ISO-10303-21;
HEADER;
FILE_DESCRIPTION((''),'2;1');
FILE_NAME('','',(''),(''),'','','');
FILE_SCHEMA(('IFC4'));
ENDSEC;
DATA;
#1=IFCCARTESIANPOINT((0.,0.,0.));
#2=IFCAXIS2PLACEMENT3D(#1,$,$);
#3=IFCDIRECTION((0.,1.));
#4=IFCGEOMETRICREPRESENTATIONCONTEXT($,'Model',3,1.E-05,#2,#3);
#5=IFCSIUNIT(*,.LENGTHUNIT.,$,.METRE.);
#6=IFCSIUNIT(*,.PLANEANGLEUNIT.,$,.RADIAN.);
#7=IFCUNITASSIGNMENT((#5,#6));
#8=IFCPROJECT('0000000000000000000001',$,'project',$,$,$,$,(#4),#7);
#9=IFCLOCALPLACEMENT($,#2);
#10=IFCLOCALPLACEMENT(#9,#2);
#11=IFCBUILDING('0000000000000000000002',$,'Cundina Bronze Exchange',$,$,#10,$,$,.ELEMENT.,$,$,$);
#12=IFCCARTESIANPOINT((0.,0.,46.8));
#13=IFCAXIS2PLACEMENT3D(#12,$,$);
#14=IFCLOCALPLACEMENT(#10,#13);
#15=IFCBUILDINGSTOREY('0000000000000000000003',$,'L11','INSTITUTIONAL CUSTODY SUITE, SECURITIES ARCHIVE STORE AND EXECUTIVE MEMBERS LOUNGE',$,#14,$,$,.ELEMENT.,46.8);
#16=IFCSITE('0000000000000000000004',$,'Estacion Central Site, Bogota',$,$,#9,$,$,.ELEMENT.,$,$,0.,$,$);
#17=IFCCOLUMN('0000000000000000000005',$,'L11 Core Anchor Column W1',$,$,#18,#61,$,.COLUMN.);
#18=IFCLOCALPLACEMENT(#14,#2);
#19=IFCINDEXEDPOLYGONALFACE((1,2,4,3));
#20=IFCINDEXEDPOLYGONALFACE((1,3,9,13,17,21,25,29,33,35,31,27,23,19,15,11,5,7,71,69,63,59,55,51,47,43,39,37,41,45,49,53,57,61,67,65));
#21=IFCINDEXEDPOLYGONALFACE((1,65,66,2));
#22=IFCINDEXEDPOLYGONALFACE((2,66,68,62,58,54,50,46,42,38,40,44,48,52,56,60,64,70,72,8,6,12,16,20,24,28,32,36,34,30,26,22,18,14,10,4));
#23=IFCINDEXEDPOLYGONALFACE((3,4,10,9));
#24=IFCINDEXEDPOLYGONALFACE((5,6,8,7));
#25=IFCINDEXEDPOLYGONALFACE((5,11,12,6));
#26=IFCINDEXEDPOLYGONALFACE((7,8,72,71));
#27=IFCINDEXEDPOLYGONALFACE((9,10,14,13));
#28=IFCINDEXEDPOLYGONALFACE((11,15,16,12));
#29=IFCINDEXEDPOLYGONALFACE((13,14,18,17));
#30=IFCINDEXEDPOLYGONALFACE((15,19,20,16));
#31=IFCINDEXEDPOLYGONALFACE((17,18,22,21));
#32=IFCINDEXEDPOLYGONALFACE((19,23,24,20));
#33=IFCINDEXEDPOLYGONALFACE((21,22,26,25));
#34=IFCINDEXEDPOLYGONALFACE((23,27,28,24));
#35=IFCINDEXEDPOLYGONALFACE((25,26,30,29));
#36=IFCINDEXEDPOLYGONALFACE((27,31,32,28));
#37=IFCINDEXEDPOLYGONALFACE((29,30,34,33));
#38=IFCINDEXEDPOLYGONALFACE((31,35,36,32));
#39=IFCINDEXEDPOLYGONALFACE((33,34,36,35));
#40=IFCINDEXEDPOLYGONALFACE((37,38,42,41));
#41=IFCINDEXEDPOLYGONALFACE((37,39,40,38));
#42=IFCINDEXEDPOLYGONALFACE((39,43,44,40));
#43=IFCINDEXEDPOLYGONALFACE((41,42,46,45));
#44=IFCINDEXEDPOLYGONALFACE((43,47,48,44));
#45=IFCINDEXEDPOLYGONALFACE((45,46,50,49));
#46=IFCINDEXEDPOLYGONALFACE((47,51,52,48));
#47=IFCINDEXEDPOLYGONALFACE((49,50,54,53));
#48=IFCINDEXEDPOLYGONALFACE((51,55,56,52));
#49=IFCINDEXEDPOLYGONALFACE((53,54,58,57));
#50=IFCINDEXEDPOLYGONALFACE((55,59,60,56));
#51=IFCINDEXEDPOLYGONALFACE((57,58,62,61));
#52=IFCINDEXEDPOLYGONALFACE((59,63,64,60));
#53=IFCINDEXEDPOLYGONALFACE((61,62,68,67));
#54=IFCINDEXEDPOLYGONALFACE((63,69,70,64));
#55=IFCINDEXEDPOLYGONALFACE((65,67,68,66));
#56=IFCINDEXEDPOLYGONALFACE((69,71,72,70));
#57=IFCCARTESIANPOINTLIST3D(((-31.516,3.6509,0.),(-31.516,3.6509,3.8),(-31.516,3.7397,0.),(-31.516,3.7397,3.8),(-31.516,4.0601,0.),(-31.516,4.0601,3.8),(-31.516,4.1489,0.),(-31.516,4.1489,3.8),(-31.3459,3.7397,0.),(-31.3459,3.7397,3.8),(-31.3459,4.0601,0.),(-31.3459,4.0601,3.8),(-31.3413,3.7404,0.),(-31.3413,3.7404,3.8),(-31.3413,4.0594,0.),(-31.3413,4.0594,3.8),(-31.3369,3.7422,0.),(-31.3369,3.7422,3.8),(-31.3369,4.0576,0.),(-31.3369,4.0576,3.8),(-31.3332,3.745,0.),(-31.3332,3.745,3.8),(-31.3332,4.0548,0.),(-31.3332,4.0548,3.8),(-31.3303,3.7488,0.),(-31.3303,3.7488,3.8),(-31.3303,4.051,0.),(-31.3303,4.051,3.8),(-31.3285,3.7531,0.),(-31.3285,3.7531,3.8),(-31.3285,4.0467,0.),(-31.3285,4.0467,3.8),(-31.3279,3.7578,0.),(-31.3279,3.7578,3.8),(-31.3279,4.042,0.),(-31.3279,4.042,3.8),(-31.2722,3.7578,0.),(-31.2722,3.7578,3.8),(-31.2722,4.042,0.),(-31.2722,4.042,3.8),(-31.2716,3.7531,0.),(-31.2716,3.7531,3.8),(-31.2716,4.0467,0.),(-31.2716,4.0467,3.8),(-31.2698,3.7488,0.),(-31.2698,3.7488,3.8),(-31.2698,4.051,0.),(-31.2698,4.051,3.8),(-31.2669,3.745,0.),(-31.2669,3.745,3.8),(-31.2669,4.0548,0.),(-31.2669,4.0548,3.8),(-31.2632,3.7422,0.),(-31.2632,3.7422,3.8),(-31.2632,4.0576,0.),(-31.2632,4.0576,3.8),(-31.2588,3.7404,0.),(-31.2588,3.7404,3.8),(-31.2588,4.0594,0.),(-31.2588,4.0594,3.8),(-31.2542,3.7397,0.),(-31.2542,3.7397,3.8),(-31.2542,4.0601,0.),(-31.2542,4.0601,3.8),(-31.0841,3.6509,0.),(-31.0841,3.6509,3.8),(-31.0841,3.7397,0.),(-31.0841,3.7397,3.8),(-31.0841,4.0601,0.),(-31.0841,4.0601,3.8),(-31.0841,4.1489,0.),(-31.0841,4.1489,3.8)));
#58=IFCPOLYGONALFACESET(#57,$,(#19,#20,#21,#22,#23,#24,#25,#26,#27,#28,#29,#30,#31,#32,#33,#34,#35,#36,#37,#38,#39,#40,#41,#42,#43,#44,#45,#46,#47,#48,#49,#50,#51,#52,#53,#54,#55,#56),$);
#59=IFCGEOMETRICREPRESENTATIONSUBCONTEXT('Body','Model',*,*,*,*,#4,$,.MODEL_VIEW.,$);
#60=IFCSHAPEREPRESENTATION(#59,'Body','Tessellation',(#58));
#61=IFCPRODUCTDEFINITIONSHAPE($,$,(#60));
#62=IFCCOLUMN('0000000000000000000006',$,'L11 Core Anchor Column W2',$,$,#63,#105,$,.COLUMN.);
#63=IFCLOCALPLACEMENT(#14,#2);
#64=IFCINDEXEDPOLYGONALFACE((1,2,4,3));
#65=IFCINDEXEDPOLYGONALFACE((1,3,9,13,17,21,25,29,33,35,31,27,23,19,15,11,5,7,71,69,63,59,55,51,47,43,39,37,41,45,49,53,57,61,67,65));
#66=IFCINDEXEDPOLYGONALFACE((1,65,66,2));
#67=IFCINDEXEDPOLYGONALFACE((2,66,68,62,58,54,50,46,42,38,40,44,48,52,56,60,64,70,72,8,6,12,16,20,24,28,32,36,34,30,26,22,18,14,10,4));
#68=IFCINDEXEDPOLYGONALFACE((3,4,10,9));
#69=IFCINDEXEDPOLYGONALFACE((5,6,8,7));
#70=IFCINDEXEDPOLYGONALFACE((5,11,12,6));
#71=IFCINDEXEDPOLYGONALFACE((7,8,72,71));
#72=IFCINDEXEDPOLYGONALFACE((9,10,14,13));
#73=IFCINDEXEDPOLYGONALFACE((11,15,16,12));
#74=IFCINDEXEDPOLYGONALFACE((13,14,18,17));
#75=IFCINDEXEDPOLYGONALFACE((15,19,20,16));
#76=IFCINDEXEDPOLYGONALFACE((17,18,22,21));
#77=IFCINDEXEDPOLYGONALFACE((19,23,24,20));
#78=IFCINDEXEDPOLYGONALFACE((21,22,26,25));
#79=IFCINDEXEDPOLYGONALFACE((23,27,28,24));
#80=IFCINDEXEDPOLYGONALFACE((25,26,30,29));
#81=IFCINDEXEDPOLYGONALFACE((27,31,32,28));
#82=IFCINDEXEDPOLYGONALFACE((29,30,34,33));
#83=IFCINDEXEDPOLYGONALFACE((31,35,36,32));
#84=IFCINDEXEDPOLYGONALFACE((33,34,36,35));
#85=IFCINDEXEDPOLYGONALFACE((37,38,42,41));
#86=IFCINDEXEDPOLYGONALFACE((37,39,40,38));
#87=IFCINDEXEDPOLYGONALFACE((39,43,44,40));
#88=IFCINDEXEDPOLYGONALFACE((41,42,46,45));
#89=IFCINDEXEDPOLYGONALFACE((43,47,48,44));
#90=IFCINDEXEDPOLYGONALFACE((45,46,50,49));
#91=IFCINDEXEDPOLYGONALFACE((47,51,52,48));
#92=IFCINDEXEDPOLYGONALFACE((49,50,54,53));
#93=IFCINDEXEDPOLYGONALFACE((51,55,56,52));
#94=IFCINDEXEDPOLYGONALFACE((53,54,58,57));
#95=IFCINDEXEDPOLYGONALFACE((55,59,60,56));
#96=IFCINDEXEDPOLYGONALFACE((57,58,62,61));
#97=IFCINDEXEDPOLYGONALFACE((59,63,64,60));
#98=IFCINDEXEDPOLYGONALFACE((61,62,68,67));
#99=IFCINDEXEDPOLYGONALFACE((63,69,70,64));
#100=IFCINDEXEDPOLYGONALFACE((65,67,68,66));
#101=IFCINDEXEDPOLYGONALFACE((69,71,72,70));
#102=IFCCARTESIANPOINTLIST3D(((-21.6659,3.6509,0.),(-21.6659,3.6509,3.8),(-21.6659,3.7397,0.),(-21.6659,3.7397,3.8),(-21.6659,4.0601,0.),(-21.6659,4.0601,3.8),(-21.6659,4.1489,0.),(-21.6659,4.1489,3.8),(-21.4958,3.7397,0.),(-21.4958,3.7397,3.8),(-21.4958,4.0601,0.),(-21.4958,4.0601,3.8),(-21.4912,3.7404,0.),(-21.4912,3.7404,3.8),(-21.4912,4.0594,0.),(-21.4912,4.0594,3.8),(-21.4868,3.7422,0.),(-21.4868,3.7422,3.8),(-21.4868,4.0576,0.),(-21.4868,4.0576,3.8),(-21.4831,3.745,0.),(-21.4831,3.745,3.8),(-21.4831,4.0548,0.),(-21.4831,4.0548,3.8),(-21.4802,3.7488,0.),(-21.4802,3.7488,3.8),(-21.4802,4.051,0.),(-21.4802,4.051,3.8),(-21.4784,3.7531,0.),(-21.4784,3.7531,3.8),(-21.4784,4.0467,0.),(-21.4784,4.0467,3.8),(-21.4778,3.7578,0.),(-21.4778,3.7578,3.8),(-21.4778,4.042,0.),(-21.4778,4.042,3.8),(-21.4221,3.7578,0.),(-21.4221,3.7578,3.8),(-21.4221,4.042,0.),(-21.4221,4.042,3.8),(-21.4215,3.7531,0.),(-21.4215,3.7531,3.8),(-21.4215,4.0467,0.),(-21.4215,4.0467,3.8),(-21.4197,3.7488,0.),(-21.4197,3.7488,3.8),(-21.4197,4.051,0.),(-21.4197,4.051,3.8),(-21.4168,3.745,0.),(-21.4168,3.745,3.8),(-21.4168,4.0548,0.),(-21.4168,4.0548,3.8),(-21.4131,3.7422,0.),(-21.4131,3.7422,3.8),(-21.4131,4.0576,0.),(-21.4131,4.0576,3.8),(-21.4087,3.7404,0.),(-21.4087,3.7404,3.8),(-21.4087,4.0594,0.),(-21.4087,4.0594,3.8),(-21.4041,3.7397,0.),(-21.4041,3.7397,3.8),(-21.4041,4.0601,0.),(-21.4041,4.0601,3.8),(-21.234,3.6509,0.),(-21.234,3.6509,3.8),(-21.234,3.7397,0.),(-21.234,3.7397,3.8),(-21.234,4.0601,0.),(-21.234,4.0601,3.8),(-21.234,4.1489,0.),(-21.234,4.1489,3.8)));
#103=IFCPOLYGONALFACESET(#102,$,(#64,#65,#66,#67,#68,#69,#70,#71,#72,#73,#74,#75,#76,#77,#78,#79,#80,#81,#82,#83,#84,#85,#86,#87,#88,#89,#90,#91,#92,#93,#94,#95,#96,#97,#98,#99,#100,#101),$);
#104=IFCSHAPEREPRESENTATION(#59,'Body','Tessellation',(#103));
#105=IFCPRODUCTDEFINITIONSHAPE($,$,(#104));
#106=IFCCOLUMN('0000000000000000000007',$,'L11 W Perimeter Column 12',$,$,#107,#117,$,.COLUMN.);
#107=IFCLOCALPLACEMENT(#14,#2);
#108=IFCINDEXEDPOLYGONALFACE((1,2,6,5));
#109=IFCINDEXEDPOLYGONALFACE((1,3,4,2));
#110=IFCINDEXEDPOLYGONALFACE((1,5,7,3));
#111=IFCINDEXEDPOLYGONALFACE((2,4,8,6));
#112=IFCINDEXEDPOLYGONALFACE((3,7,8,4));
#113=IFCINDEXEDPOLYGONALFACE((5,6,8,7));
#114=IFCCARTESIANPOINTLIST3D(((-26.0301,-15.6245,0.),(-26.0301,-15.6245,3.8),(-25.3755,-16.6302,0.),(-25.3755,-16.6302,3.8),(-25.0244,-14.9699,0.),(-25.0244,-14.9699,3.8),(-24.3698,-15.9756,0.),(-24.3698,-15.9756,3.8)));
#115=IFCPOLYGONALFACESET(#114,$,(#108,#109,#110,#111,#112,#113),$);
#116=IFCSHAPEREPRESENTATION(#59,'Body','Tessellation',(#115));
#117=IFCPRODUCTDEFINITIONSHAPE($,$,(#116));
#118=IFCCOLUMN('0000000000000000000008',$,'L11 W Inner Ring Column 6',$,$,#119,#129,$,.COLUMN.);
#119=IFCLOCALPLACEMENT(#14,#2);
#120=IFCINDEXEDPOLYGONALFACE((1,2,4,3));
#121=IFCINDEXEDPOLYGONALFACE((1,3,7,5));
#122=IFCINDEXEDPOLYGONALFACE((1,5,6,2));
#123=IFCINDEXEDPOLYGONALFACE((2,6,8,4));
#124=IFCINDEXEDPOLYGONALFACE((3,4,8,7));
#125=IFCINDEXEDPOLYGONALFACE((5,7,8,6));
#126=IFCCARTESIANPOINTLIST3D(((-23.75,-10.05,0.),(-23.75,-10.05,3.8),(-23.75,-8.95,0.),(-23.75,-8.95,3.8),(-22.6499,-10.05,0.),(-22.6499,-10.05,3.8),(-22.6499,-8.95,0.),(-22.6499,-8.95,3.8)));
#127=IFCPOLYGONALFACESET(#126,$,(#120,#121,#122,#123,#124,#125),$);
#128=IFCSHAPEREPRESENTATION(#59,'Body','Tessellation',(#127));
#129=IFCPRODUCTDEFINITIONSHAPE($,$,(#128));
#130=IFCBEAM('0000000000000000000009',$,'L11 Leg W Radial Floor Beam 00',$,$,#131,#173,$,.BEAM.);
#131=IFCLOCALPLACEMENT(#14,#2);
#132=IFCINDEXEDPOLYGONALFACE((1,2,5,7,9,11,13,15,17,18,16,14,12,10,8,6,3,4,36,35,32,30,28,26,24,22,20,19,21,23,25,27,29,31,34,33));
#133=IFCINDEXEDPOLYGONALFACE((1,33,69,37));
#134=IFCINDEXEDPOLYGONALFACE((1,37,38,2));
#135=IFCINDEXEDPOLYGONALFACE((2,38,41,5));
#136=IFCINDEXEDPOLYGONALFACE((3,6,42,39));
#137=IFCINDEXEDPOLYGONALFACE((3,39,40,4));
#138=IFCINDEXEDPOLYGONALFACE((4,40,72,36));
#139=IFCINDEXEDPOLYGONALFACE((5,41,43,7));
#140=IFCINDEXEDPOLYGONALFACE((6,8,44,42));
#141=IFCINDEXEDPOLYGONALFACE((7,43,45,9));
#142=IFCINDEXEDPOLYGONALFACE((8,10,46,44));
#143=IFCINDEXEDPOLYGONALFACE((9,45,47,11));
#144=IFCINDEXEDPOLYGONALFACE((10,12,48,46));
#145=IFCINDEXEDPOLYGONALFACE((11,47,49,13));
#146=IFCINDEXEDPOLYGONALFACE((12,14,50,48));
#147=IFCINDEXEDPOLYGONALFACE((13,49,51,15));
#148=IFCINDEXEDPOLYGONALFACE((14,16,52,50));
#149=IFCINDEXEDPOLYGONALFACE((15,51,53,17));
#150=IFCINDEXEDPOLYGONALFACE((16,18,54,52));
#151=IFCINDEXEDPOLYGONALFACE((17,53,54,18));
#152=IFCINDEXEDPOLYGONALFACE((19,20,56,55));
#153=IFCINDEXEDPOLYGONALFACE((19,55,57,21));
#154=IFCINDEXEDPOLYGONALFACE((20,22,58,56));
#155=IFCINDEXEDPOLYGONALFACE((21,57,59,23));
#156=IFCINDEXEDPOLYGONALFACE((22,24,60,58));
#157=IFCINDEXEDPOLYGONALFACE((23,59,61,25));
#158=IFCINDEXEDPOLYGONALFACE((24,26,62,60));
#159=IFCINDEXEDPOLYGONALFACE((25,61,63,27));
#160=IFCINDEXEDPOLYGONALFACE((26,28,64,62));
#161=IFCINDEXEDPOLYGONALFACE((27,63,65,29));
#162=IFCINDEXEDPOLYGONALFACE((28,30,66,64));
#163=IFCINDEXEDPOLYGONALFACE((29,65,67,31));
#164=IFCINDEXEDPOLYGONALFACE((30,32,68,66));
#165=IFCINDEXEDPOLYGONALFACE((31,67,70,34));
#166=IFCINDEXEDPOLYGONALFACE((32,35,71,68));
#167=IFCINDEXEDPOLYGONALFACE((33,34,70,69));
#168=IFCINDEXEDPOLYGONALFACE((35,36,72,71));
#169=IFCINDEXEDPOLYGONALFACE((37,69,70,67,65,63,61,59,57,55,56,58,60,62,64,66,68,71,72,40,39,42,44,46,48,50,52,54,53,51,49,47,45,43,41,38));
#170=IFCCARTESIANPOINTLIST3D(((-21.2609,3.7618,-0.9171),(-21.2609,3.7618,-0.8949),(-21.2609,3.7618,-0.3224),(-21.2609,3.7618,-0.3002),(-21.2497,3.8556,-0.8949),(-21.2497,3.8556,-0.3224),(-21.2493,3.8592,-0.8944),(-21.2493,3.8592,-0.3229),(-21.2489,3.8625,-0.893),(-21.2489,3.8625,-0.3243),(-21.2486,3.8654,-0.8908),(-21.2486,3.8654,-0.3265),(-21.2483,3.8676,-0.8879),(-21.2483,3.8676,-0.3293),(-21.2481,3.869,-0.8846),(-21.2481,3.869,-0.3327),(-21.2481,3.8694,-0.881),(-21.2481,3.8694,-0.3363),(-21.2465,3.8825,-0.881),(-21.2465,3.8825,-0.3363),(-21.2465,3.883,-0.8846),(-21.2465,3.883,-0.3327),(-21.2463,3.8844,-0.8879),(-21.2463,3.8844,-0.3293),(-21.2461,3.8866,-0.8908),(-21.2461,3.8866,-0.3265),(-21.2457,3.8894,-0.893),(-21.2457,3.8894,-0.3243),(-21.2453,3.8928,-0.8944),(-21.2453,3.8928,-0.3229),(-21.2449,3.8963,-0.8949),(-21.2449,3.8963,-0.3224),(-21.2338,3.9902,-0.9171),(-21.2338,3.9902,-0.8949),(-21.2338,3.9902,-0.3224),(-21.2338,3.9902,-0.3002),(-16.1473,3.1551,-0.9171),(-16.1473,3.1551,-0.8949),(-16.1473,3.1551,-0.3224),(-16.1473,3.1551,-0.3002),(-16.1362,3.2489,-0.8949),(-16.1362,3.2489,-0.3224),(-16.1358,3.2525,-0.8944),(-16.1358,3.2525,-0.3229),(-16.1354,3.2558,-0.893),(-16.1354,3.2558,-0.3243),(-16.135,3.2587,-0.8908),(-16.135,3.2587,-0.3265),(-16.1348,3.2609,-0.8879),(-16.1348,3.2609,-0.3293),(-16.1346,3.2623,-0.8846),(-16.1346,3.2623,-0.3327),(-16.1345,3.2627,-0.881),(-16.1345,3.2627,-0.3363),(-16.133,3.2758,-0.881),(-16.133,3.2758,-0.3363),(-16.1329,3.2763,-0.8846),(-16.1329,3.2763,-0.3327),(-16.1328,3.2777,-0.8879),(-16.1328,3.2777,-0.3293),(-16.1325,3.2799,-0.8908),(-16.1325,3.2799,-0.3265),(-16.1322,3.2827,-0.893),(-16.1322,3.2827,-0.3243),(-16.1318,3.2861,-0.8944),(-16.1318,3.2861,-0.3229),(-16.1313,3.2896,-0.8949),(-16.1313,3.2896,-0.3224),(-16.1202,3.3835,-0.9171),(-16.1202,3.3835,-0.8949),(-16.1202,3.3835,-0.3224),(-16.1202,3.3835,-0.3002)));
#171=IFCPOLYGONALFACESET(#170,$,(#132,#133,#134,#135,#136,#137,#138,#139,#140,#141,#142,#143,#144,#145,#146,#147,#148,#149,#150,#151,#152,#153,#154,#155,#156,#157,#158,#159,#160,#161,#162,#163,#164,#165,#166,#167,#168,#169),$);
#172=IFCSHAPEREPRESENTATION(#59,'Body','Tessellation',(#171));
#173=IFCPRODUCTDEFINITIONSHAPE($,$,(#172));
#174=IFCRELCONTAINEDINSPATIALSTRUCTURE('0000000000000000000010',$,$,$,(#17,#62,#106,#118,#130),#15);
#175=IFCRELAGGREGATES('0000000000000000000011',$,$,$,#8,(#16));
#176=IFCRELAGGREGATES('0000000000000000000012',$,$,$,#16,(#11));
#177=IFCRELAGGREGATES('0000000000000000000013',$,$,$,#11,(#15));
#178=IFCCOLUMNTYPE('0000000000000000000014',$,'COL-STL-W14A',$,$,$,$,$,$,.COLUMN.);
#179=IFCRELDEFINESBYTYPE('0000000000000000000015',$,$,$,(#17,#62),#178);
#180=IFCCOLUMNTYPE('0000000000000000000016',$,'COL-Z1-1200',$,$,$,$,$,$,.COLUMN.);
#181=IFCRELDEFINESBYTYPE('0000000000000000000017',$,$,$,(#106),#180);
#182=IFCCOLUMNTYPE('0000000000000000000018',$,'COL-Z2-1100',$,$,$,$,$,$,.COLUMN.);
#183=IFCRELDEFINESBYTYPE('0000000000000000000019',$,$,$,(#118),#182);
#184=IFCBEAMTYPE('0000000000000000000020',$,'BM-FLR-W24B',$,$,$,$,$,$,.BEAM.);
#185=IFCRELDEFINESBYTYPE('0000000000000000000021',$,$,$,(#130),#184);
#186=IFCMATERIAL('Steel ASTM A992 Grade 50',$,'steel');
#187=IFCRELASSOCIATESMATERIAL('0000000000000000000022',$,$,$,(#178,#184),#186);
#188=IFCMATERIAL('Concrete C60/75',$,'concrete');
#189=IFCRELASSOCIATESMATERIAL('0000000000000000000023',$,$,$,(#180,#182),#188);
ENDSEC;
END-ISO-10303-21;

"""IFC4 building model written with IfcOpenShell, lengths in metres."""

from ifc_helpers import new_model, si_unit, direction, frame, origin, origin_2d, place, context, subcontext, project, spatial, rectangle, i_section, extrude, material, material_profile, profile_set, type_object, element, save


model = new_model("IFC4")

# Units and contexts
model_context = context("Model", 3, precision=1e-05, world=origin(), true_north=direction((0.0, 1.0)))
body_context = subcontext(model_context, "Body", "Model", "MODEL_VIEW")
ifc_project = project(units=[si_unit("LENGTHUNIT", "METRE"), si_unit("PLANEANGLEUNIT", "RADIAN")], contexts=[model_context])

# Site, building, storey
site_placement = place(None, origin())
site = spatial("IfcSite", under=ifc_project, at=site_placement, Name="Estacion Central Site, Bogota", CompositionType="ELEMENT", RefElevation=0.0)
building_placement = place(site_placement, origin())
building = spatial("IfcBuilding", under=site, at=building_placement, Name="Cundina Bronze Exchange", CompositionType="ELEMENT")
storey_placement = place(building_placement, frame((0.0, 0.0, 46.8)))
storey = spatial("IfcBuildingStorey", under=building, at=storey_placement, Name="L11", Description="INSTITUTIONAL CUSTODY SUITE, SECURITIES ARCHIVE STORE AND EXECUTIVE MEMBERS LOUNGE", CompositionType="ELEMENT", Elevation=46.8)

# Columns
ifc_material_1 = material(Name="Steel ASTM A992 Grade 50", Category="steel")
ifc_material_profile_1 = material_profile(ifc_material_1, i_section(OverallWidth=0.4319, OverallDepth=0.498, WebThickness=0.0557, FlangeThickness=0.0889, FilletRadius=0.0181, at=origin_2d()), Name="W14X500", Category="steel")
ifc_profile_set_1 = profile_set([ifc_material_profile_1], Name="Steel ASTM A992 Grade 50")
column_type_1 = type_object("IfcColumnType", Name="COL-STL-W14A", PredefinedType="COLUMN", material=ifc_profile_set_1)
for number, where, z_axis, x_axis, name in (
    (1, (-31.3, 3.8999, 0.0), (0.0, 0.0, 1.0), (1.0, 0.0, 0.0), "L11 Core Anchor Column W1"),
    (2, (-21.45, 3.8999, 0.0), (0.0, 0.0, 1.0), (1.0, 0.0, 0.0), "L11 Core Anchor Column W2"),
):
    element("IfcColumn", number, at=place(storey_placement, frame(where, z_axis=z_axis, x_axis=x_axis)), inside=storey, type_object=column_type_1, Name=name, PredefinedType="COLUMN", context=body_context, shape_type="SweptSolid", body=[
        extrude(i_section(OverallWidth=0.4319, OverallDepth=0.498, WebThickness=0.0557, FlangeThickness=0.0889, FilletRadius=0.0181, at=origin_2d()), origin(), (0.0, 0.0, 1.0), 3.8),
    ])
ifc_material_2 = material(Name="Concrete C60/75", Category="concrete")
ifc_material_profile_2 = material_profile(ifc_material_2, rectangle(XDim=1.2, YDim=1.2, at=origin_2d()), Name="RC1200X1200", Category="concrete")
ifc_profile_set_2 = profile_set([ifc_material_profile_2], Name="Concrete C60/75")
column_type_2 = type_object("IfcColumnType", Name="COL-Z1-1200", PredefinedType="COLUMN", material=ifc_profile_set_2)
column_1_placement = place(storey_placement, frame((-25.2, -15.8, 0.0), z_axis=(0.0, 0.0, 1.0), x_axis=(0.8381, 0.545517, 0.0)))
element("IfcColumn", 3, at=column_1_placement, inside=storey, type_object=column_type_2, Name="L11 W Perimeter Column 12", PredefinedType="COLUMN", context=body_context, shape_type="SweptSolid", body=[
    extrude(rectangle(XDim=1.2, YDim=1.2, at=origin_2d()), origin(), (0.0, 0.0, 1.0), 3.8),
])
ifc_material_profile_3 = material_profile(ifc_material_2, rectangle(XDim=1.1001, YDim=1.1001, at=origin_2d()), Name="RC1100X1100", Category="concrete")
ifc_profile_set_3 = profile_set([ifc_material_profile_3], Name="Concrete C60/75")
column_type_3 = type_object("IfcColumnType", Name="COL-Z2-1100", PredefinedType="COLUMN", material=ifc_profile_set_3)
column_2_placement = place(storey_placement, frame((-23.2, -9.5, 0.0), z_axis=(0.0, 0.0, 1.0), x_axis=(1.0, 0.0, 0.0)))
element("IfcColumn", 4, at=column_2_placement, inside=storey, type_object=column_type_3, Name="L11 W Inner Ring Column 6", PredefinedType="COLUMN", context=body_context, shape_type="SweptSolid", body=[
    extrude(rectangle(XDim=1.1001, YDim=1.1001, at=origin_2d()), origin(), (0.0, 0.0, 1.0), 3.8),
])

# Beam
ifc_material_profile_4 = material_profile(ifc_material_1, i_section(OverallWidth=0.23, OverallDepth=0.6169, WebThickness=0.0132, FlangeThickness=0.0222, FilletRadius=0.0139, at=origin_2d()), Name="W24X94", Category="steel")
ifc_profile_set_4 = profile_set([ifc_material_profile_4], Name="Steel ASTM A992 Grade 50")
beam_type_1 = type_object("IfcBeamType", Name="BM-FLR-W24B", PredefinedType="BEAM", material=ifc_profile_set_4)
beam_1_placement = place(storey_placement, frame((-21.2473, 3.876, -0.6086), z_axis=(0.993035, -0.117818, 0.0), x_axis=(0.117818, 0.993035, 0.0)))
element("IfcBeam", 5, at=beam_1_placement, inside=storey, type_object=beam_type_1, Name="L11 Leg W Radial Floor Beam 00", PredefinedType="BEAM", context=body_context, shape_type="SweptSolid", body=[
    extrude(i_section(OverallWidth=0.23, OverallDepth=0.6169, WebThickness=0.0132, FlangeThickness=0.0222, FilletRadius=0.0139, at=origin_2d()), origin(), (0.0, 0.0, 1.0), 5.1494),
])

save(model, "model.ifc")
